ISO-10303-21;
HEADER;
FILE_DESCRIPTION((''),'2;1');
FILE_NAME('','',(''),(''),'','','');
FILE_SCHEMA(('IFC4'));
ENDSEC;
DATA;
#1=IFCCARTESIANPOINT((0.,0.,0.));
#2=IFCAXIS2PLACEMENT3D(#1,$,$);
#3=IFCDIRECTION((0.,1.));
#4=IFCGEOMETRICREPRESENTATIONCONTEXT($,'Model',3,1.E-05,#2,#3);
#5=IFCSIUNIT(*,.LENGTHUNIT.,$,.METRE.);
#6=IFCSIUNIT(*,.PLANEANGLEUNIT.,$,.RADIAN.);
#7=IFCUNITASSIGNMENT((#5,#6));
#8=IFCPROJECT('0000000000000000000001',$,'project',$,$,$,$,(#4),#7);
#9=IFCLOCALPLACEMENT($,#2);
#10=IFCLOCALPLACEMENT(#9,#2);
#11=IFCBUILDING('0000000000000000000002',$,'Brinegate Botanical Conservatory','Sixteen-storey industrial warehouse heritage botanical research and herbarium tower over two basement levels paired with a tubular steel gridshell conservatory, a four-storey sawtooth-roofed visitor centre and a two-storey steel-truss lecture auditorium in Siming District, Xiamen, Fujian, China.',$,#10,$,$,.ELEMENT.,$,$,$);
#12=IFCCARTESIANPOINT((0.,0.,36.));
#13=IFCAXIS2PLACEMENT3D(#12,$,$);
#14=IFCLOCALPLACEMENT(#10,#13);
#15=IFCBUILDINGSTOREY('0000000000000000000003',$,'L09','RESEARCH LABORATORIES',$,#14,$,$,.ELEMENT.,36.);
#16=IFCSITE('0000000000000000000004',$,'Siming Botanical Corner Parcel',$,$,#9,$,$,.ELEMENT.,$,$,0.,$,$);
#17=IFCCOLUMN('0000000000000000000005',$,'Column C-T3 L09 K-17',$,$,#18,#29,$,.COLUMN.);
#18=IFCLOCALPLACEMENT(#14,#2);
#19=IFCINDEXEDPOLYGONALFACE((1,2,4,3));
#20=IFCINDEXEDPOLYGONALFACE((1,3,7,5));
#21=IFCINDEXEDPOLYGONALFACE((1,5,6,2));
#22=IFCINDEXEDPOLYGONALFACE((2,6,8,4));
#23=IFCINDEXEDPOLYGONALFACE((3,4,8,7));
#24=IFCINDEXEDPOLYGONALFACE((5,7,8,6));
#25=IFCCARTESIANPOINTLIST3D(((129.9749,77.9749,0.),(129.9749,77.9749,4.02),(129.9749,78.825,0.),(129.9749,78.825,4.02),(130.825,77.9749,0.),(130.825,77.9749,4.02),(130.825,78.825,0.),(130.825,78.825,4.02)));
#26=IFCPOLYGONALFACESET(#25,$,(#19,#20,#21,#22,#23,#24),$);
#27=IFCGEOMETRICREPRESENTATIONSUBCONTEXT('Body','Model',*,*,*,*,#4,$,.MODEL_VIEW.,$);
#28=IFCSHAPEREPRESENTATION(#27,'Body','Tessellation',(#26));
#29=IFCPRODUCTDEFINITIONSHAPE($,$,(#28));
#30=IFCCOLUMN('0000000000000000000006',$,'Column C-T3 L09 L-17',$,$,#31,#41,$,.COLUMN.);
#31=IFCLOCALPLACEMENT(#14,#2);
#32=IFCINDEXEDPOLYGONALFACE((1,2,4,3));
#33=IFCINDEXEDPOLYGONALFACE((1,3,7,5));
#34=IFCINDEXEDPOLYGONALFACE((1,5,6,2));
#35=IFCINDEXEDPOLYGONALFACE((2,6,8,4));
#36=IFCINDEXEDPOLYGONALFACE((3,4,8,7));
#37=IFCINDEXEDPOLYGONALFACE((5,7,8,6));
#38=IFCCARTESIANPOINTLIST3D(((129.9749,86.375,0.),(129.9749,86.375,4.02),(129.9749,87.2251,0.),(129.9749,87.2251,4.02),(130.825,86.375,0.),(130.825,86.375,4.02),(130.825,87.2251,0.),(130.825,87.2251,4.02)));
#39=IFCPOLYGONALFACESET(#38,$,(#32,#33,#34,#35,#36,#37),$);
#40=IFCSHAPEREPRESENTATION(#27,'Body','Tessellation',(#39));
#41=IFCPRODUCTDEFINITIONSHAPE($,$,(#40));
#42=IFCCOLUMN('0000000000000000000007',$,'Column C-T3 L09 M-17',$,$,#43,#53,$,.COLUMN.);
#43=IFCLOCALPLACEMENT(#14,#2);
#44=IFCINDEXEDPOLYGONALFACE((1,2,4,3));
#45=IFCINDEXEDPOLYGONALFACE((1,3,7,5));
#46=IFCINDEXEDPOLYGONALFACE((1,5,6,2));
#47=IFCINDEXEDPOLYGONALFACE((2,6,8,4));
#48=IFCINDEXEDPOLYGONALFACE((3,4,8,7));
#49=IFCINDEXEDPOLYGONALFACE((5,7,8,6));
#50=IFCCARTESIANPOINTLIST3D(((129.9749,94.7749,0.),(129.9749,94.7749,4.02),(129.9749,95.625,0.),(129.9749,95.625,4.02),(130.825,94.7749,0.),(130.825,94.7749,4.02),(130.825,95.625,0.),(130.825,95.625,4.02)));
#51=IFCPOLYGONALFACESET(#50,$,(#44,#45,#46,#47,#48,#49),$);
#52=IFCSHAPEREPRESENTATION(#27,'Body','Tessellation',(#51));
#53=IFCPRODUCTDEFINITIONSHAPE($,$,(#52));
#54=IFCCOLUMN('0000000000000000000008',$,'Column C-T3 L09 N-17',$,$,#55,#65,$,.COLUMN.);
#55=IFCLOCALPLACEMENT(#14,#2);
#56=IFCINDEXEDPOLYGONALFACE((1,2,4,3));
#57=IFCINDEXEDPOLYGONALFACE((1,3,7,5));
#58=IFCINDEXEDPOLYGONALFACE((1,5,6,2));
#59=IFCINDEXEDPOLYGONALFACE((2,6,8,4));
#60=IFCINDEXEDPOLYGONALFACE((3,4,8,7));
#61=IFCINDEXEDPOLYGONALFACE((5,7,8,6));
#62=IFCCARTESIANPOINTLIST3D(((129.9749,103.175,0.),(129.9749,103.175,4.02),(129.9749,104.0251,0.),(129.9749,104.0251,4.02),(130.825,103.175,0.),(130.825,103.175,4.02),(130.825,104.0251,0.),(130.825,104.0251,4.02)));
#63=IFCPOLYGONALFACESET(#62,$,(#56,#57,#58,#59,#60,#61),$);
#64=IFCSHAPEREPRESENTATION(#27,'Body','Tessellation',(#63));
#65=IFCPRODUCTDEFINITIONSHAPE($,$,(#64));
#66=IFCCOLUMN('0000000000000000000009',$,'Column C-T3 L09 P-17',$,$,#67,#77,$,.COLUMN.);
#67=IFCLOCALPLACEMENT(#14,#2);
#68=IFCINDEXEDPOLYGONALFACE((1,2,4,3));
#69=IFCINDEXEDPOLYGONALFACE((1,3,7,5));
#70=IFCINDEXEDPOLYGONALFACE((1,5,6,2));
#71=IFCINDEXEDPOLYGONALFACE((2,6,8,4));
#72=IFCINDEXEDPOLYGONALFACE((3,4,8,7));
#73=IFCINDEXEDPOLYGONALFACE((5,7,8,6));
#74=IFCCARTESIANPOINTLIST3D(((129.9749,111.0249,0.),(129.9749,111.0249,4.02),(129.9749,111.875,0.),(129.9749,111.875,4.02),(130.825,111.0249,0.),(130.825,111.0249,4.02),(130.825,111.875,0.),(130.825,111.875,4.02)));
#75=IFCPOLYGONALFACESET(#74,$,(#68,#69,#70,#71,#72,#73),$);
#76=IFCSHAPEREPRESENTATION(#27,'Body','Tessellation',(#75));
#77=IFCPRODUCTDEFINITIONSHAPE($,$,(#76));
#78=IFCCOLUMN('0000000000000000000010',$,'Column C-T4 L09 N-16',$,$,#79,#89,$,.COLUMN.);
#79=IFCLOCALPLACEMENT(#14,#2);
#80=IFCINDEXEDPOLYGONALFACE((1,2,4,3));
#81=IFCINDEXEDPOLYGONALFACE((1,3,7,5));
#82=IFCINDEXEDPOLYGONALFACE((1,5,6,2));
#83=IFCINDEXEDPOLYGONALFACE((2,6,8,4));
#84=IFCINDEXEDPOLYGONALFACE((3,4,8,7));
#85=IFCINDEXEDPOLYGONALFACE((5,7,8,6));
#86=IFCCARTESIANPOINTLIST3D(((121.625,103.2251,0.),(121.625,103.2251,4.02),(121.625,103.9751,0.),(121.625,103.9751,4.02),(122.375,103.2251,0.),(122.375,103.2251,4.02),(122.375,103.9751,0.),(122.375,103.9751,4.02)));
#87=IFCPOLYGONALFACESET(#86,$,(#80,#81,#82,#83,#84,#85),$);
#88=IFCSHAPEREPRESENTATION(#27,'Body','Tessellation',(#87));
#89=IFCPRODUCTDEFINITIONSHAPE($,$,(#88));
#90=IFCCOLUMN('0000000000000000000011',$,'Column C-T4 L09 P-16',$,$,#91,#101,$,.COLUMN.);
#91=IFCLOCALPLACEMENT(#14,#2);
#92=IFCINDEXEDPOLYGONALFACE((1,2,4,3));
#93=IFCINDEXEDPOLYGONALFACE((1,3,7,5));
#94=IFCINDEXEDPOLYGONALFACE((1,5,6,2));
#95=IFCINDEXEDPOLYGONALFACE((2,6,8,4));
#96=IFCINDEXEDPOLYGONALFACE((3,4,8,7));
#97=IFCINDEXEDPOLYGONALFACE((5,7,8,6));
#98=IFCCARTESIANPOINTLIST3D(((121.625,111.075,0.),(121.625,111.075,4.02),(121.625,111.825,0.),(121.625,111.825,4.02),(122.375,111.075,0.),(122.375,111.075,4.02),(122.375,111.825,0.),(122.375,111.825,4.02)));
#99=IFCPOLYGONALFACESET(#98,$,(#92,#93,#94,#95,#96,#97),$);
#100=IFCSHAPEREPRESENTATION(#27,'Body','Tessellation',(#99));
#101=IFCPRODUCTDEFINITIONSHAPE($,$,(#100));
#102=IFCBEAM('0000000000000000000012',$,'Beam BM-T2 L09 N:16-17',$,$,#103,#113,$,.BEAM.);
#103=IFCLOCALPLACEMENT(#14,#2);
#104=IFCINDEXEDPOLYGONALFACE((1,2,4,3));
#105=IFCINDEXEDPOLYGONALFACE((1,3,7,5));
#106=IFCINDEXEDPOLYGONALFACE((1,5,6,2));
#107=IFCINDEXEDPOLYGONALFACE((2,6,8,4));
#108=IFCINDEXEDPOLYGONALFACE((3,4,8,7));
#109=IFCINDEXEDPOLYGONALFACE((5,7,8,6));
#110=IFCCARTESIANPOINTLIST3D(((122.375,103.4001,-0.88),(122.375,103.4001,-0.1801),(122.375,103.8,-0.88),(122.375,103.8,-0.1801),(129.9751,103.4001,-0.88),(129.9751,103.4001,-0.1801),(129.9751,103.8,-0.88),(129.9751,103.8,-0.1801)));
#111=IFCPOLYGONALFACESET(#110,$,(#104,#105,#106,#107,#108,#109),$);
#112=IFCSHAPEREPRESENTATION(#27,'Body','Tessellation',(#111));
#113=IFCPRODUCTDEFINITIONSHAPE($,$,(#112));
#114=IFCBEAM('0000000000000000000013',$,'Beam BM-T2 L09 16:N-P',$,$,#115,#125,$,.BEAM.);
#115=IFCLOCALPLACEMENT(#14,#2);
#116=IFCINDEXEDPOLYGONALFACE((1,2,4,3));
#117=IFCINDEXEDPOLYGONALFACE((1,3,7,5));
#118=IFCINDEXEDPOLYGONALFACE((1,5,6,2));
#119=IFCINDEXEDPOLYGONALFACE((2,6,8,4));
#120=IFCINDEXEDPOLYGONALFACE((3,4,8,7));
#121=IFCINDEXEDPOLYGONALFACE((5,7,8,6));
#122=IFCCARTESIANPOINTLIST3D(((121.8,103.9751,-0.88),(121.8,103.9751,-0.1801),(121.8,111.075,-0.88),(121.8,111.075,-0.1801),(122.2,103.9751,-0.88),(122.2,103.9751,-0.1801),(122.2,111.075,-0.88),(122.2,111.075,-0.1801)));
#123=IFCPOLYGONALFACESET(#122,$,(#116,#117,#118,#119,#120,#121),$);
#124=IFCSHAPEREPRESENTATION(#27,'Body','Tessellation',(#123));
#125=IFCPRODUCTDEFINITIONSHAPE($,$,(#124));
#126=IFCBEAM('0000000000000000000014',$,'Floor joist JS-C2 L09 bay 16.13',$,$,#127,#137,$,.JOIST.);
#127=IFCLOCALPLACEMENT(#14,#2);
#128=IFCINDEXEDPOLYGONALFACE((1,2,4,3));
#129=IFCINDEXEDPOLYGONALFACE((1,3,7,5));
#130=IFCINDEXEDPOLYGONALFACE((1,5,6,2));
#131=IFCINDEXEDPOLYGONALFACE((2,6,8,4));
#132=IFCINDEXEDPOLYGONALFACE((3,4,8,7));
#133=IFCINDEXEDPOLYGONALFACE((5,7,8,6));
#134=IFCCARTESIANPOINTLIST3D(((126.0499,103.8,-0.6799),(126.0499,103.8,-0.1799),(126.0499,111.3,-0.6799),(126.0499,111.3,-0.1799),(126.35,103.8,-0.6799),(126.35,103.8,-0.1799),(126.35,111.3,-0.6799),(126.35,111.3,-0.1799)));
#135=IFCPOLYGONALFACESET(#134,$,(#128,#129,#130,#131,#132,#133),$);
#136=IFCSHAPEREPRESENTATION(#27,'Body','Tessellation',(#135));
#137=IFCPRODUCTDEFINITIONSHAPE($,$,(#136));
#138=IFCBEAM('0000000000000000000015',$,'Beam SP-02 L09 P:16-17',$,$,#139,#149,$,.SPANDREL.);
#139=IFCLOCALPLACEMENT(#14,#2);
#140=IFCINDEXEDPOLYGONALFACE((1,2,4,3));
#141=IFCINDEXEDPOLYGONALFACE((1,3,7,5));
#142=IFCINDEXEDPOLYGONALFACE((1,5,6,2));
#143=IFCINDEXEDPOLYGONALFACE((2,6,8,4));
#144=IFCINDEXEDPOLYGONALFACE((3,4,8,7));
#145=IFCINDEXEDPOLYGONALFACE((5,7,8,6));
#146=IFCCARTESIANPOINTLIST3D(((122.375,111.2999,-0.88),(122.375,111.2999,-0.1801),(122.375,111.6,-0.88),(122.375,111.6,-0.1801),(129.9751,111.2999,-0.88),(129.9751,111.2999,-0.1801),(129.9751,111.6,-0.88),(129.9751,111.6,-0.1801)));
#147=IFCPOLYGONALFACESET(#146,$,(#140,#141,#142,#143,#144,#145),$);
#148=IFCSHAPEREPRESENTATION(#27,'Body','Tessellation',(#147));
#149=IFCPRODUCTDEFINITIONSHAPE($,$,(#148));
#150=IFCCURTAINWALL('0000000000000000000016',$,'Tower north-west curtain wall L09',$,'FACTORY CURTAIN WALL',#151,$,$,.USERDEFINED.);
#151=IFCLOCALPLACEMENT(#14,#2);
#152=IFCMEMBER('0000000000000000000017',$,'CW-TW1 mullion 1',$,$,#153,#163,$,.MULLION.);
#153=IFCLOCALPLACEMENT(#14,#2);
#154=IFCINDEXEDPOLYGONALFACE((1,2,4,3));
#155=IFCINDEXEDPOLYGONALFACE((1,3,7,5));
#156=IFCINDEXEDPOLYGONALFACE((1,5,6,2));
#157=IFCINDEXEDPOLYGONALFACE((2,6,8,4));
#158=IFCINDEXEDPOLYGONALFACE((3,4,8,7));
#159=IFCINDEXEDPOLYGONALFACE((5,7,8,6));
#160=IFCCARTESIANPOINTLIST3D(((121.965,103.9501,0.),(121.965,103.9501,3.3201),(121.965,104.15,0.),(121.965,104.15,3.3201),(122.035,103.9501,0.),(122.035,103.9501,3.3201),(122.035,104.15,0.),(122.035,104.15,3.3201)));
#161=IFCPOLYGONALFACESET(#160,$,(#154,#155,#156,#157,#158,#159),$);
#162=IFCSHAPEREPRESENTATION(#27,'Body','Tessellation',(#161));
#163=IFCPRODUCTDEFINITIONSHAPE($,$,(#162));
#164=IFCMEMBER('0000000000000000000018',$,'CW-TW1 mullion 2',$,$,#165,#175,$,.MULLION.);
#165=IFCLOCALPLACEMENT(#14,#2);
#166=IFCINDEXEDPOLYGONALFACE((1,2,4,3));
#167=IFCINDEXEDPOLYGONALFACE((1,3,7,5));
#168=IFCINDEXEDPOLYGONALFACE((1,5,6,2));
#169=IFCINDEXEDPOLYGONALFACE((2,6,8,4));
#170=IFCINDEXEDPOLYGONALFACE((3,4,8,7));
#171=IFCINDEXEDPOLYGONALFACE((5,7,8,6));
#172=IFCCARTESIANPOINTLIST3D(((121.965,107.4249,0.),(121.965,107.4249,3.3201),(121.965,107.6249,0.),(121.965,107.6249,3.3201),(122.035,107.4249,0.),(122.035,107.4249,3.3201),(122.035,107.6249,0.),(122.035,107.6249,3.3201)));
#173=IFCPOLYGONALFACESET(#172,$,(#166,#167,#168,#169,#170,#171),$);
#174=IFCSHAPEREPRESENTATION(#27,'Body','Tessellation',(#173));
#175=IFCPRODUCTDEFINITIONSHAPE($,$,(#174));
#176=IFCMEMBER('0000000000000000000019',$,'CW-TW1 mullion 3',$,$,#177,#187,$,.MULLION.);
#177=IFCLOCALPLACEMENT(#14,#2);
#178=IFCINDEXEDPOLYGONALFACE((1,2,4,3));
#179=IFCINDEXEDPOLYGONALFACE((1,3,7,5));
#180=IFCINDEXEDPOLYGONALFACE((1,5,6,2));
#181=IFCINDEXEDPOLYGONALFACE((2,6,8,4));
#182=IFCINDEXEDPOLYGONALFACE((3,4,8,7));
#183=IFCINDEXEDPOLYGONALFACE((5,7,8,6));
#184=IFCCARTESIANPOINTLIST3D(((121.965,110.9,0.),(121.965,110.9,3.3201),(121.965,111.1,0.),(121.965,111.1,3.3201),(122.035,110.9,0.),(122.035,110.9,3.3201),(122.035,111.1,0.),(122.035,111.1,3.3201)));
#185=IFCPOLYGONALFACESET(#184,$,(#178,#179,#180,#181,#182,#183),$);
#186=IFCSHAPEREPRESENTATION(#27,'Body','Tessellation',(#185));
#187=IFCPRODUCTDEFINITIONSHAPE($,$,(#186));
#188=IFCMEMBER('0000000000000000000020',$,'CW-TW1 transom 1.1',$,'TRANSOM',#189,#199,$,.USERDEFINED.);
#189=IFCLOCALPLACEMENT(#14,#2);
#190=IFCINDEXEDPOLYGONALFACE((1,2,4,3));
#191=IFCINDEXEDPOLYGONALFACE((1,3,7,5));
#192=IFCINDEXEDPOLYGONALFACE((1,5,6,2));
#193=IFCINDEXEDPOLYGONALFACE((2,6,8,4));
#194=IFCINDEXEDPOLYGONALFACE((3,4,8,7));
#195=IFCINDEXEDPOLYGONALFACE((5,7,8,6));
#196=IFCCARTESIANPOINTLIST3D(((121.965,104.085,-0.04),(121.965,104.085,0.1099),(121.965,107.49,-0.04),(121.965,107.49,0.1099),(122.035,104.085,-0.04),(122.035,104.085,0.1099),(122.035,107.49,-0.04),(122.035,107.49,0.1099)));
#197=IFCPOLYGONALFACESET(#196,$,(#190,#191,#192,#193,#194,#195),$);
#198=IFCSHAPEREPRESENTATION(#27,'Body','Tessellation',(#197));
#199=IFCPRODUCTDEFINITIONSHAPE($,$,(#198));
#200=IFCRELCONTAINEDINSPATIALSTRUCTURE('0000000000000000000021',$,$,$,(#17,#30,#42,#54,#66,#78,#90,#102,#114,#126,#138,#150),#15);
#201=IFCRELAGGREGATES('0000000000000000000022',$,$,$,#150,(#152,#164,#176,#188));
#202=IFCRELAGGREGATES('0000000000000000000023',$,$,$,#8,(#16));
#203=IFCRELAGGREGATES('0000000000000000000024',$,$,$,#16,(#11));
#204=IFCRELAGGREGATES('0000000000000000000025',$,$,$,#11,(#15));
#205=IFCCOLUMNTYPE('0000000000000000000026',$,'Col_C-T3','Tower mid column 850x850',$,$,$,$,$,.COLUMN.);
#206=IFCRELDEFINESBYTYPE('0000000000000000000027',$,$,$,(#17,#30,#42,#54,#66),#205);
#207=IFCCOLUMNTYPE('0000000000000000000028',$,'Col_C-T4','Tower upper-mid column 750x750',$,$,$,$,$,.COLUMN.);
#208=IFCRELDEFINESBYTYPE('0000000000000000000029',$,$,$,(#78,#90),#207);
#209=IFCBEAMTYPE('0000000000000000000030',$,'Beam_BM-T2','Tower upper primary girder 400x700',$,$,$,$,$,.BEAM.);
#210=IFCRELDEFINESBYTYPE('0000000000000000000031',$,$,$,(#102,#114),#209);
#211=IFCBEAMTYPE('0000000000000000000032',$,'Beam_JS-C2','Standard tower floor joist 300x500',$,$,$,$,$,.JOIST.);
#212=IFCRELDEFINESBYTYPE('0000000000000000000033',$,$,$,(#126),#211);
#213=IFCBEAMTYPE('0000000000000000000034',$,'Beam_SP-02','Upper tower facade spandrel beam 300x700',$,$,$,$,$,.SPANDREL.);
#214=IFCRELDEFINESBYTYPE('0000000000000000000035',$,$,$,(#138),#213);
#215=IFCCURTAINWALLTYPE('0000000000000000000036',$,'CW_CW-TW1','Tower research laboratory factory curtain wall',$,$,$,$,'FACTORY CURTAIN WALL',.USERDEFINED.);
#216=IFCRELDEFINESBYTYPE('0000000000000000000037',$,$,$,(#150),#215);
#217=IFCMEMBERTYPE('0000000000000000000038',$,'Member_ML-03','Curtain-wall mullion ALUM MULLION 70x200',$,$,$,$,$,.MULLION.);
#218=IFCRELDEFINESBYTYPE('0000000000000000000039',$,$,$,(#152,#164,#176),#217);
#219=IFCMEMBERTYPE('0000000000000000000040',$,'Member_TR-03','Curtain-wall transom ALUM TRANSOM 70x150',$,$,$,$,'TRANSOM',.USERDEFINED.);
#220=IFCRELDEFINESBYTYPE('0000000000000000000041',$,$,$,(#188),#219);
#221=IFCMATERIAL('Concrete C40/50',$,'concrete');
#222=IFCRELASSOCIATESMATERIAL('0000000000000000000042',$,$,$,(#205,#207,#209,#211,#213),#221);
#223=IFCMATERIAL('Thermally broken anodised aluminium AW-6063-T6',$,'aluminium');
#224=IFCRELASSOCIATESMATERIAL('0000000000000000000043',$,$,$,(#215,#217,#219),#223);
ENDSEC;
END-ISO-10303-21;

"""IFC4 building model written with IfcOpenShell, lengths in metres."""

from ifc_helpers import new_model, si_unit, direction, frame, origin, origin_2d, place, context, subcontext, project, spatial, rectangle, extrude, material, material_profile, profile_set, type_object, element, aggregate, save


model = new_model("IFC4")

# Units and contexts
model_context = context("Model", 3, precision=1e-05, world=origin(), true_north=direction((0.0, 1.0)))
body_context = subcontext(model_context, "Body", "Model", "MODEL_VIEW")
ifc_project = project(units=[si_unit("LENGTHUNIT", "METRE"), si_unit("PLANEANGLEUNIT", "RADIAN")], contexts=[model_context])

# Site, building, storey
site_placement = place(None, origin())
site = spatial("IfcSite", under=ifc_project, at=site_placement, Name="Siming Botanical Corner Parcel", CompositionType="ELEMENT", RefElevation=0.0)
building_placement = place(site_placement, origin())
building = spatial("IfcBuilding", under=site, at=building_placement, Name="Brinegate Botanical Conservatory", Description="Sixteen-storey industrial warehouse heritage botanical research and herbarium tower over two basement levels paired with a tubular steel gridshell conservatory, a four-storey sawtooth-roofed visitor centre and a two-storey steel-truss lecture auditorium in Siming District, Xiamen, Fujian, China.", CompositionType="ELEMENT")
storey_placement = place(building_placement, frame((0.0, 0.0, 36.0)))
storey = spatial("IfcBuildingStorey", under=building, at=storey_placement, Name="L09", Description="RESEARCH LABORATORIES", CompositionType="ELEMENT", Elevation=36.0)

# Columns
ifc_material_1 = material(Name="Concrete C40/50", Category="concrete")
ifc_material_profile_1 = material_profile(ifc_material_1, rectangle(XDim=0.8501, YDim=0.8501, at=origin_2d()), Name="RC COL 850x850")
ifc_profile_set_1 = profile_set([ifc_material_profile_1], Name="Concrete C40/50")
column_type_1 = type_object("IfcColumnType", Name="Col_C-T3", Description="Tower mid column 850x850", PredefinedType="COLUMN", material=ifc_profile_set_1)
for number, where, z_axis, x_axis, name in (
    (1, (130.3999, 78.3999, 0.0), (0.0, 0.0, 1.0), (1.0, 0.0, 0.0), "Column C-T3 L09 K-17"),
    (2, (130.3999, 86.8, 0.0), (0.0, 0.0, 1.0), (1.0, 0.0, 0.0), "Column C-T3 L09 L-17"),
    (3, (130.3999, 95.2, 0.0), (0.0, 0.0, 1.0), (1.0, 0.0, 0.0), "Column C-T3 L09 M-17"),
    (4, (130.3999, 103.6001, 0.0), (0.0, 0.0, 1.0), (1.0, 0.0, 0.0), "Column C-T3 L09 N-17"),
    (5, (130.3999, 111.45, 0.0), (0.0, 0.0, 1.0), (1.0, 0.0, 0.0), "Column C-T3 L09 P-17"),
):
    element("IfcColumn", number, at=place(storey_placement, frame(where, z_axis=z_axis, x_axis=x_axis)), inside=storey, type_object=column_type_1, Name=name, PredefinedType="COLUMN", context=body_context, shape_type="SweptSolid", body=[
        extrude(rectangle(XDim=0.8501, YDim=0.8501, at=origin_2d()), origin(), (0.0, 0.0, 1.0), 4.02),
    ])
ifc_material_profile_2 = material_profile(ifc_material_1, rectangle(XDim=0.75, YDim=0.75, at=origin_2d()), Name="RC COL 750x750")
ifc_profile_set_2 = profile_set([ifc_material_profile_2], Name="Concrete C40/50")
column_type_2 = type_object("IfcColumnType", Name="Col_C-T4", Description="Tower upper-mid column 750x750", PredefinedType="COLUMN", material=ifc_profile_set_2)
for number, where, z_axis, x_axis, name in (
    (6, (122.0, 103.6001, 0.0), (0.0, 0.0, 1.0), (1.0, 0.0, 0.0), "Column C-T4 L09 N-16"),
    (7, (122.0, 111.45, 0.0), (0.0, 0.0, 1.0), (1.0, 0.0, 0.0), "Column C-T4 L09 P-16"),
):
    element("IfcColumn", number, at=place(storey_placement, frame(where, z_axis=z_axis, x_axis=x_axis)), inside=storey, type_object=column_type_2, Name=name, PredefinedType="COLUMN", context=body_context, shape_type="SweptSolid", body=[
        extrude(rectangle(XDim=0.75, YDim=0.75, at=origin_2d()), origin(), (0.0, 0.0, 1.0), 4.02),
    ])

# Beams
ifc_material_profile_3 = material_profile(ifc_material_1, rectangle(XDim=0.3999, YDim=0.7, at=origin_2d()), Name="RC BM 400x700")
ifc_profile_set_3 = profile_set([ifc_material_profile_3], Name="Concrete C40/50")
beam_type_1 = type_object("IfcBeamType", Name="Beam_BM-T2", Description="Tower upper primary girder 400x700", PredefinedType="BEAM", material=ifc_profile_set_3)
beam_1_placement = place(storey_placement, frame((122.375, 103.6001, -0.53), z_axis=(1.0, 0.0, 0.0), x_axis=(0.0, 1.0, 0.0)))
element("IfcBeam", 8, at=beam_1_placement, inside=storey, type_object=beam_type_1, Name="Beam BM-T2 L09 N:16-17", PredefinedType="BEAM", context=body_context, shape_type="SweptSolid", body=[
    extrude(rectangle(XDim=0.3999, YDim=0.7, at=origin_2d()), origin(), (0.0, 0.0, 1.0), 7.6001),
])
beam_2_placement = place(storey_placement, frame((122.0, 103.9751, -0.53), z_axis=(0.0, 1.0, 0.0), x_axis=(-1.0, 0.0, 0.0)))
element("IfcBeam", 9, at=beam_2_placement, inside=storey, type_object=beam_type_1, Name="Beam BM-T2 L09 16:N-P", PredefinedType="BEAM", context=body_context, shape_type="SweptSolid", body=[
    extrude(rectangle(XDim=0.3999, YDim=0.7, at=origin_2d()), origin(), (0.0, 0.0, 1.0), 7.0999),
])
ifc_material_profile_4 = material_profile(ifc_material_1, rectangle(XDim=0.3, YDim=0.5, at=origin_2d()), Name="RC JST 300x500")
ifc_profile_set_4 = profile_set([ifc_material_profile_4], Name="Concrete C40/50")
beam_type_2 = type_object("IfcBeamType", Name="Beam_JS-C2", Description="Standard tower floor joist 300x500", PredefinedType="JOIST", material=ifc_profile_set_4)
beam_3_placement = place(storey_placement, frame((126.2, 103.8, -0.4299), z_axis=(0.0, 1.0, 0.0), x_axis=(-1.0, 0.0, 0.0)))
element("IfcBeam", 10, at=beam_3_placement, inside=storey, type_object=beam_type_2, Name="Floor joist JS-C2 L09 bay 16.13", PredefinedType="JOIST", context=body_context, shape_type="SweptSolid", body=[
    extrude(rectangle(XDim=0.3, YDim=0.5, at=origin_2d()), origin(), (0.0, 0.0, 1.0), 7.5),
])
ifc_material_profile_5 = material_profile(ifc_material_1, rectangle(XDim=0.3, YDim=0.7, at=origin_2d()), Name="RC SPN 300x700")
ifc_profile_set_5 = profile_set([ifc_material_profile_5], Name="Concrete C40/50")
beam_type_3 = type_object("IfcBeamType", Name="Beam_SP-02", Description="Upper tower facade spandrel beam 300x700", PredefinedType="SPANDREL", material=ifc_profile_set_5)
beam_4_placement = place(storey_placement, frame((122.375, 111.45, -0.53), z_axis=(1.0, 0.0, 0.0), x_axis=(0.0, 1.0, 0.0)))
element("IfcBeam", 11, at=beam_4_placement, inside=storey, type_object=beam_type_3, Name="Beam SP-02 L09 P:16-17", PredefinedType="SPANDREL", context=body_context, shape_type="SweptSolid", body=[
    extrude(rectangle(XDim=0.3, YDim=0.7, at=origin_2d()), origin(), (0.0, 0.0, 1.0), 7.6001),
])

# Curtain wall, members
ifc_material_2 = material(Name="Thermally broken anodised aluminium AW-6063-T6", Category="aluminium")
curtain_wall_type = type_object("IfcCurtainWallType", Name="CW_CW-TW1", Description="Tower research laboratory factory curtain wall", ElementType="FACTORY CURTAIN WALL", PredefinedType="USERDEFINED", material=ifc_material_2)
curtain_wall_placement = place(storey_placement, origin())
curtain_wall = element("IfcCurtainWall", 12, at=curtain_wall_placement, inside=storey, type_object=curtain_wall_type, Name="Tower north-west curtain wall L09", ObjectType="FACTORY CURTAIN WALL", PredefinedType="USERDEFINED")
ifc_material_profile_6 = material_profile(ifc_material_2, rectangle(XDim=0.0701, YDim=0.2, at=origin_2d()), Name="ALUM MULLION 70x200")
ifc_profile_set_6 = profile_set([ifc_material_profile_6], Name="Thermally broken anodised aluminium AW-6063-T6")
member_type_1 = type_object("IfcMemberType", Name="Member_ML-03", Description="Curtain-wall mullion ALUM MULLION 70x200", PredefinedType="MULLION", material=ifc_profile_set_6)
member_1_placement = place(storey_placement, frame((122.0, 104.05, 0.0), z_axis=(0.0, 0.0, 1.0), x_axis=(-1.0, 0.0, 0.0)))
member_1 = element("IfcMember", 13, at=member_1_placement, type_object=member_type_1, Name="CW-TW1 mullion 1", PredefinedType="MULLION", context=body_context, shape_type="SweptSolid", body=[
    extrude(rectangle(XDim=0.0701, YDim=0.2, at=origin_2d()), origin(), (0.0, 0.0, 1.0), 3.3201),
])
member_2_placement = place(storey_placement, frame((122.0, 107.5249, 0.0), z_axis=(0.0, 0.0, 1.0), x_axis=(-1.0, 0.0, 0.0)))
member_2 = element("IfcMember", 14, at=member_2_placement, type_object=member_type_1, Name="CW-TW1 mullion 2", PredefinedType="MULLION", context=body_context, shape_type="SweptSolid", body=[
    extrude(rectangle(XDim=0.0701, YDim=0.2, at=origin_2d()), origin(), (0.0, 0.0, 1.0), 3.3201),
])
member_3_placement = place(storey_placement, frame((122.0, 111.0, 0.0), z_axis=(0.0, 0.0, 1.0), x_axis=(-1.0, 0.0, 0.0)))
member_3 = element("IfcMember", 15, at=member_3_placement, type_object=member_type_1, Name="CW-TW1 mullion 3", PredefinedType="MULLION", context=body_context, shape_type="SweptSolid", body=[
    extrude(rectangle(XDim=0.0701, YDim=0.2, at=origin_2d()), origin(), (0.0, 0.0, 1.0), 3.3201),
])
ifc_material_profile_7 = material_profile(ifc_material_2, rectangle(XDim=0.0701, YDim=0.1499, at=origin_2d()), Name="ALUM TRANSOM 70x150")
ifc_profile_set_7 = profile_set([ifc_material_profile_7], Name="Thermally broken anodised aluminium AW-6063-T6")
member_type_2 = type_object("IfcMemberType", Name="Member_TR-03", Description="Curtain-wall transom ALUM TRANSOM 70x150", ElementType="TRANSOM", PredefinedType="USERDEFINED", material=ifc_profile_set_7)
member_4_placement = place(storey_placement, frame((122.0, 104.085, 0.0349), z_axis=(0.0, 1.0, 0.0), x_axis=(-1.0, 0.0, 0.0)))
member_4 = element("IfcMember", 16, at=member_4_placement, type_object=member_type_2, Name="CW-TW1 transom 1.1", ObjectType="TRANSOM", PredefinedType="USERDEFINED", context=body_context, shape_type="SweptSolid", body=[
    extrude(rectangle(XDim=0.0701, YDim=0.1499, at=origin_2d()), origin(), (0.0, 0.0, 1.0), 3.405),
])
aggregate(curtain_wall, [member_1, member_2, member_3, member_4])

save(model, "model.ifc")
